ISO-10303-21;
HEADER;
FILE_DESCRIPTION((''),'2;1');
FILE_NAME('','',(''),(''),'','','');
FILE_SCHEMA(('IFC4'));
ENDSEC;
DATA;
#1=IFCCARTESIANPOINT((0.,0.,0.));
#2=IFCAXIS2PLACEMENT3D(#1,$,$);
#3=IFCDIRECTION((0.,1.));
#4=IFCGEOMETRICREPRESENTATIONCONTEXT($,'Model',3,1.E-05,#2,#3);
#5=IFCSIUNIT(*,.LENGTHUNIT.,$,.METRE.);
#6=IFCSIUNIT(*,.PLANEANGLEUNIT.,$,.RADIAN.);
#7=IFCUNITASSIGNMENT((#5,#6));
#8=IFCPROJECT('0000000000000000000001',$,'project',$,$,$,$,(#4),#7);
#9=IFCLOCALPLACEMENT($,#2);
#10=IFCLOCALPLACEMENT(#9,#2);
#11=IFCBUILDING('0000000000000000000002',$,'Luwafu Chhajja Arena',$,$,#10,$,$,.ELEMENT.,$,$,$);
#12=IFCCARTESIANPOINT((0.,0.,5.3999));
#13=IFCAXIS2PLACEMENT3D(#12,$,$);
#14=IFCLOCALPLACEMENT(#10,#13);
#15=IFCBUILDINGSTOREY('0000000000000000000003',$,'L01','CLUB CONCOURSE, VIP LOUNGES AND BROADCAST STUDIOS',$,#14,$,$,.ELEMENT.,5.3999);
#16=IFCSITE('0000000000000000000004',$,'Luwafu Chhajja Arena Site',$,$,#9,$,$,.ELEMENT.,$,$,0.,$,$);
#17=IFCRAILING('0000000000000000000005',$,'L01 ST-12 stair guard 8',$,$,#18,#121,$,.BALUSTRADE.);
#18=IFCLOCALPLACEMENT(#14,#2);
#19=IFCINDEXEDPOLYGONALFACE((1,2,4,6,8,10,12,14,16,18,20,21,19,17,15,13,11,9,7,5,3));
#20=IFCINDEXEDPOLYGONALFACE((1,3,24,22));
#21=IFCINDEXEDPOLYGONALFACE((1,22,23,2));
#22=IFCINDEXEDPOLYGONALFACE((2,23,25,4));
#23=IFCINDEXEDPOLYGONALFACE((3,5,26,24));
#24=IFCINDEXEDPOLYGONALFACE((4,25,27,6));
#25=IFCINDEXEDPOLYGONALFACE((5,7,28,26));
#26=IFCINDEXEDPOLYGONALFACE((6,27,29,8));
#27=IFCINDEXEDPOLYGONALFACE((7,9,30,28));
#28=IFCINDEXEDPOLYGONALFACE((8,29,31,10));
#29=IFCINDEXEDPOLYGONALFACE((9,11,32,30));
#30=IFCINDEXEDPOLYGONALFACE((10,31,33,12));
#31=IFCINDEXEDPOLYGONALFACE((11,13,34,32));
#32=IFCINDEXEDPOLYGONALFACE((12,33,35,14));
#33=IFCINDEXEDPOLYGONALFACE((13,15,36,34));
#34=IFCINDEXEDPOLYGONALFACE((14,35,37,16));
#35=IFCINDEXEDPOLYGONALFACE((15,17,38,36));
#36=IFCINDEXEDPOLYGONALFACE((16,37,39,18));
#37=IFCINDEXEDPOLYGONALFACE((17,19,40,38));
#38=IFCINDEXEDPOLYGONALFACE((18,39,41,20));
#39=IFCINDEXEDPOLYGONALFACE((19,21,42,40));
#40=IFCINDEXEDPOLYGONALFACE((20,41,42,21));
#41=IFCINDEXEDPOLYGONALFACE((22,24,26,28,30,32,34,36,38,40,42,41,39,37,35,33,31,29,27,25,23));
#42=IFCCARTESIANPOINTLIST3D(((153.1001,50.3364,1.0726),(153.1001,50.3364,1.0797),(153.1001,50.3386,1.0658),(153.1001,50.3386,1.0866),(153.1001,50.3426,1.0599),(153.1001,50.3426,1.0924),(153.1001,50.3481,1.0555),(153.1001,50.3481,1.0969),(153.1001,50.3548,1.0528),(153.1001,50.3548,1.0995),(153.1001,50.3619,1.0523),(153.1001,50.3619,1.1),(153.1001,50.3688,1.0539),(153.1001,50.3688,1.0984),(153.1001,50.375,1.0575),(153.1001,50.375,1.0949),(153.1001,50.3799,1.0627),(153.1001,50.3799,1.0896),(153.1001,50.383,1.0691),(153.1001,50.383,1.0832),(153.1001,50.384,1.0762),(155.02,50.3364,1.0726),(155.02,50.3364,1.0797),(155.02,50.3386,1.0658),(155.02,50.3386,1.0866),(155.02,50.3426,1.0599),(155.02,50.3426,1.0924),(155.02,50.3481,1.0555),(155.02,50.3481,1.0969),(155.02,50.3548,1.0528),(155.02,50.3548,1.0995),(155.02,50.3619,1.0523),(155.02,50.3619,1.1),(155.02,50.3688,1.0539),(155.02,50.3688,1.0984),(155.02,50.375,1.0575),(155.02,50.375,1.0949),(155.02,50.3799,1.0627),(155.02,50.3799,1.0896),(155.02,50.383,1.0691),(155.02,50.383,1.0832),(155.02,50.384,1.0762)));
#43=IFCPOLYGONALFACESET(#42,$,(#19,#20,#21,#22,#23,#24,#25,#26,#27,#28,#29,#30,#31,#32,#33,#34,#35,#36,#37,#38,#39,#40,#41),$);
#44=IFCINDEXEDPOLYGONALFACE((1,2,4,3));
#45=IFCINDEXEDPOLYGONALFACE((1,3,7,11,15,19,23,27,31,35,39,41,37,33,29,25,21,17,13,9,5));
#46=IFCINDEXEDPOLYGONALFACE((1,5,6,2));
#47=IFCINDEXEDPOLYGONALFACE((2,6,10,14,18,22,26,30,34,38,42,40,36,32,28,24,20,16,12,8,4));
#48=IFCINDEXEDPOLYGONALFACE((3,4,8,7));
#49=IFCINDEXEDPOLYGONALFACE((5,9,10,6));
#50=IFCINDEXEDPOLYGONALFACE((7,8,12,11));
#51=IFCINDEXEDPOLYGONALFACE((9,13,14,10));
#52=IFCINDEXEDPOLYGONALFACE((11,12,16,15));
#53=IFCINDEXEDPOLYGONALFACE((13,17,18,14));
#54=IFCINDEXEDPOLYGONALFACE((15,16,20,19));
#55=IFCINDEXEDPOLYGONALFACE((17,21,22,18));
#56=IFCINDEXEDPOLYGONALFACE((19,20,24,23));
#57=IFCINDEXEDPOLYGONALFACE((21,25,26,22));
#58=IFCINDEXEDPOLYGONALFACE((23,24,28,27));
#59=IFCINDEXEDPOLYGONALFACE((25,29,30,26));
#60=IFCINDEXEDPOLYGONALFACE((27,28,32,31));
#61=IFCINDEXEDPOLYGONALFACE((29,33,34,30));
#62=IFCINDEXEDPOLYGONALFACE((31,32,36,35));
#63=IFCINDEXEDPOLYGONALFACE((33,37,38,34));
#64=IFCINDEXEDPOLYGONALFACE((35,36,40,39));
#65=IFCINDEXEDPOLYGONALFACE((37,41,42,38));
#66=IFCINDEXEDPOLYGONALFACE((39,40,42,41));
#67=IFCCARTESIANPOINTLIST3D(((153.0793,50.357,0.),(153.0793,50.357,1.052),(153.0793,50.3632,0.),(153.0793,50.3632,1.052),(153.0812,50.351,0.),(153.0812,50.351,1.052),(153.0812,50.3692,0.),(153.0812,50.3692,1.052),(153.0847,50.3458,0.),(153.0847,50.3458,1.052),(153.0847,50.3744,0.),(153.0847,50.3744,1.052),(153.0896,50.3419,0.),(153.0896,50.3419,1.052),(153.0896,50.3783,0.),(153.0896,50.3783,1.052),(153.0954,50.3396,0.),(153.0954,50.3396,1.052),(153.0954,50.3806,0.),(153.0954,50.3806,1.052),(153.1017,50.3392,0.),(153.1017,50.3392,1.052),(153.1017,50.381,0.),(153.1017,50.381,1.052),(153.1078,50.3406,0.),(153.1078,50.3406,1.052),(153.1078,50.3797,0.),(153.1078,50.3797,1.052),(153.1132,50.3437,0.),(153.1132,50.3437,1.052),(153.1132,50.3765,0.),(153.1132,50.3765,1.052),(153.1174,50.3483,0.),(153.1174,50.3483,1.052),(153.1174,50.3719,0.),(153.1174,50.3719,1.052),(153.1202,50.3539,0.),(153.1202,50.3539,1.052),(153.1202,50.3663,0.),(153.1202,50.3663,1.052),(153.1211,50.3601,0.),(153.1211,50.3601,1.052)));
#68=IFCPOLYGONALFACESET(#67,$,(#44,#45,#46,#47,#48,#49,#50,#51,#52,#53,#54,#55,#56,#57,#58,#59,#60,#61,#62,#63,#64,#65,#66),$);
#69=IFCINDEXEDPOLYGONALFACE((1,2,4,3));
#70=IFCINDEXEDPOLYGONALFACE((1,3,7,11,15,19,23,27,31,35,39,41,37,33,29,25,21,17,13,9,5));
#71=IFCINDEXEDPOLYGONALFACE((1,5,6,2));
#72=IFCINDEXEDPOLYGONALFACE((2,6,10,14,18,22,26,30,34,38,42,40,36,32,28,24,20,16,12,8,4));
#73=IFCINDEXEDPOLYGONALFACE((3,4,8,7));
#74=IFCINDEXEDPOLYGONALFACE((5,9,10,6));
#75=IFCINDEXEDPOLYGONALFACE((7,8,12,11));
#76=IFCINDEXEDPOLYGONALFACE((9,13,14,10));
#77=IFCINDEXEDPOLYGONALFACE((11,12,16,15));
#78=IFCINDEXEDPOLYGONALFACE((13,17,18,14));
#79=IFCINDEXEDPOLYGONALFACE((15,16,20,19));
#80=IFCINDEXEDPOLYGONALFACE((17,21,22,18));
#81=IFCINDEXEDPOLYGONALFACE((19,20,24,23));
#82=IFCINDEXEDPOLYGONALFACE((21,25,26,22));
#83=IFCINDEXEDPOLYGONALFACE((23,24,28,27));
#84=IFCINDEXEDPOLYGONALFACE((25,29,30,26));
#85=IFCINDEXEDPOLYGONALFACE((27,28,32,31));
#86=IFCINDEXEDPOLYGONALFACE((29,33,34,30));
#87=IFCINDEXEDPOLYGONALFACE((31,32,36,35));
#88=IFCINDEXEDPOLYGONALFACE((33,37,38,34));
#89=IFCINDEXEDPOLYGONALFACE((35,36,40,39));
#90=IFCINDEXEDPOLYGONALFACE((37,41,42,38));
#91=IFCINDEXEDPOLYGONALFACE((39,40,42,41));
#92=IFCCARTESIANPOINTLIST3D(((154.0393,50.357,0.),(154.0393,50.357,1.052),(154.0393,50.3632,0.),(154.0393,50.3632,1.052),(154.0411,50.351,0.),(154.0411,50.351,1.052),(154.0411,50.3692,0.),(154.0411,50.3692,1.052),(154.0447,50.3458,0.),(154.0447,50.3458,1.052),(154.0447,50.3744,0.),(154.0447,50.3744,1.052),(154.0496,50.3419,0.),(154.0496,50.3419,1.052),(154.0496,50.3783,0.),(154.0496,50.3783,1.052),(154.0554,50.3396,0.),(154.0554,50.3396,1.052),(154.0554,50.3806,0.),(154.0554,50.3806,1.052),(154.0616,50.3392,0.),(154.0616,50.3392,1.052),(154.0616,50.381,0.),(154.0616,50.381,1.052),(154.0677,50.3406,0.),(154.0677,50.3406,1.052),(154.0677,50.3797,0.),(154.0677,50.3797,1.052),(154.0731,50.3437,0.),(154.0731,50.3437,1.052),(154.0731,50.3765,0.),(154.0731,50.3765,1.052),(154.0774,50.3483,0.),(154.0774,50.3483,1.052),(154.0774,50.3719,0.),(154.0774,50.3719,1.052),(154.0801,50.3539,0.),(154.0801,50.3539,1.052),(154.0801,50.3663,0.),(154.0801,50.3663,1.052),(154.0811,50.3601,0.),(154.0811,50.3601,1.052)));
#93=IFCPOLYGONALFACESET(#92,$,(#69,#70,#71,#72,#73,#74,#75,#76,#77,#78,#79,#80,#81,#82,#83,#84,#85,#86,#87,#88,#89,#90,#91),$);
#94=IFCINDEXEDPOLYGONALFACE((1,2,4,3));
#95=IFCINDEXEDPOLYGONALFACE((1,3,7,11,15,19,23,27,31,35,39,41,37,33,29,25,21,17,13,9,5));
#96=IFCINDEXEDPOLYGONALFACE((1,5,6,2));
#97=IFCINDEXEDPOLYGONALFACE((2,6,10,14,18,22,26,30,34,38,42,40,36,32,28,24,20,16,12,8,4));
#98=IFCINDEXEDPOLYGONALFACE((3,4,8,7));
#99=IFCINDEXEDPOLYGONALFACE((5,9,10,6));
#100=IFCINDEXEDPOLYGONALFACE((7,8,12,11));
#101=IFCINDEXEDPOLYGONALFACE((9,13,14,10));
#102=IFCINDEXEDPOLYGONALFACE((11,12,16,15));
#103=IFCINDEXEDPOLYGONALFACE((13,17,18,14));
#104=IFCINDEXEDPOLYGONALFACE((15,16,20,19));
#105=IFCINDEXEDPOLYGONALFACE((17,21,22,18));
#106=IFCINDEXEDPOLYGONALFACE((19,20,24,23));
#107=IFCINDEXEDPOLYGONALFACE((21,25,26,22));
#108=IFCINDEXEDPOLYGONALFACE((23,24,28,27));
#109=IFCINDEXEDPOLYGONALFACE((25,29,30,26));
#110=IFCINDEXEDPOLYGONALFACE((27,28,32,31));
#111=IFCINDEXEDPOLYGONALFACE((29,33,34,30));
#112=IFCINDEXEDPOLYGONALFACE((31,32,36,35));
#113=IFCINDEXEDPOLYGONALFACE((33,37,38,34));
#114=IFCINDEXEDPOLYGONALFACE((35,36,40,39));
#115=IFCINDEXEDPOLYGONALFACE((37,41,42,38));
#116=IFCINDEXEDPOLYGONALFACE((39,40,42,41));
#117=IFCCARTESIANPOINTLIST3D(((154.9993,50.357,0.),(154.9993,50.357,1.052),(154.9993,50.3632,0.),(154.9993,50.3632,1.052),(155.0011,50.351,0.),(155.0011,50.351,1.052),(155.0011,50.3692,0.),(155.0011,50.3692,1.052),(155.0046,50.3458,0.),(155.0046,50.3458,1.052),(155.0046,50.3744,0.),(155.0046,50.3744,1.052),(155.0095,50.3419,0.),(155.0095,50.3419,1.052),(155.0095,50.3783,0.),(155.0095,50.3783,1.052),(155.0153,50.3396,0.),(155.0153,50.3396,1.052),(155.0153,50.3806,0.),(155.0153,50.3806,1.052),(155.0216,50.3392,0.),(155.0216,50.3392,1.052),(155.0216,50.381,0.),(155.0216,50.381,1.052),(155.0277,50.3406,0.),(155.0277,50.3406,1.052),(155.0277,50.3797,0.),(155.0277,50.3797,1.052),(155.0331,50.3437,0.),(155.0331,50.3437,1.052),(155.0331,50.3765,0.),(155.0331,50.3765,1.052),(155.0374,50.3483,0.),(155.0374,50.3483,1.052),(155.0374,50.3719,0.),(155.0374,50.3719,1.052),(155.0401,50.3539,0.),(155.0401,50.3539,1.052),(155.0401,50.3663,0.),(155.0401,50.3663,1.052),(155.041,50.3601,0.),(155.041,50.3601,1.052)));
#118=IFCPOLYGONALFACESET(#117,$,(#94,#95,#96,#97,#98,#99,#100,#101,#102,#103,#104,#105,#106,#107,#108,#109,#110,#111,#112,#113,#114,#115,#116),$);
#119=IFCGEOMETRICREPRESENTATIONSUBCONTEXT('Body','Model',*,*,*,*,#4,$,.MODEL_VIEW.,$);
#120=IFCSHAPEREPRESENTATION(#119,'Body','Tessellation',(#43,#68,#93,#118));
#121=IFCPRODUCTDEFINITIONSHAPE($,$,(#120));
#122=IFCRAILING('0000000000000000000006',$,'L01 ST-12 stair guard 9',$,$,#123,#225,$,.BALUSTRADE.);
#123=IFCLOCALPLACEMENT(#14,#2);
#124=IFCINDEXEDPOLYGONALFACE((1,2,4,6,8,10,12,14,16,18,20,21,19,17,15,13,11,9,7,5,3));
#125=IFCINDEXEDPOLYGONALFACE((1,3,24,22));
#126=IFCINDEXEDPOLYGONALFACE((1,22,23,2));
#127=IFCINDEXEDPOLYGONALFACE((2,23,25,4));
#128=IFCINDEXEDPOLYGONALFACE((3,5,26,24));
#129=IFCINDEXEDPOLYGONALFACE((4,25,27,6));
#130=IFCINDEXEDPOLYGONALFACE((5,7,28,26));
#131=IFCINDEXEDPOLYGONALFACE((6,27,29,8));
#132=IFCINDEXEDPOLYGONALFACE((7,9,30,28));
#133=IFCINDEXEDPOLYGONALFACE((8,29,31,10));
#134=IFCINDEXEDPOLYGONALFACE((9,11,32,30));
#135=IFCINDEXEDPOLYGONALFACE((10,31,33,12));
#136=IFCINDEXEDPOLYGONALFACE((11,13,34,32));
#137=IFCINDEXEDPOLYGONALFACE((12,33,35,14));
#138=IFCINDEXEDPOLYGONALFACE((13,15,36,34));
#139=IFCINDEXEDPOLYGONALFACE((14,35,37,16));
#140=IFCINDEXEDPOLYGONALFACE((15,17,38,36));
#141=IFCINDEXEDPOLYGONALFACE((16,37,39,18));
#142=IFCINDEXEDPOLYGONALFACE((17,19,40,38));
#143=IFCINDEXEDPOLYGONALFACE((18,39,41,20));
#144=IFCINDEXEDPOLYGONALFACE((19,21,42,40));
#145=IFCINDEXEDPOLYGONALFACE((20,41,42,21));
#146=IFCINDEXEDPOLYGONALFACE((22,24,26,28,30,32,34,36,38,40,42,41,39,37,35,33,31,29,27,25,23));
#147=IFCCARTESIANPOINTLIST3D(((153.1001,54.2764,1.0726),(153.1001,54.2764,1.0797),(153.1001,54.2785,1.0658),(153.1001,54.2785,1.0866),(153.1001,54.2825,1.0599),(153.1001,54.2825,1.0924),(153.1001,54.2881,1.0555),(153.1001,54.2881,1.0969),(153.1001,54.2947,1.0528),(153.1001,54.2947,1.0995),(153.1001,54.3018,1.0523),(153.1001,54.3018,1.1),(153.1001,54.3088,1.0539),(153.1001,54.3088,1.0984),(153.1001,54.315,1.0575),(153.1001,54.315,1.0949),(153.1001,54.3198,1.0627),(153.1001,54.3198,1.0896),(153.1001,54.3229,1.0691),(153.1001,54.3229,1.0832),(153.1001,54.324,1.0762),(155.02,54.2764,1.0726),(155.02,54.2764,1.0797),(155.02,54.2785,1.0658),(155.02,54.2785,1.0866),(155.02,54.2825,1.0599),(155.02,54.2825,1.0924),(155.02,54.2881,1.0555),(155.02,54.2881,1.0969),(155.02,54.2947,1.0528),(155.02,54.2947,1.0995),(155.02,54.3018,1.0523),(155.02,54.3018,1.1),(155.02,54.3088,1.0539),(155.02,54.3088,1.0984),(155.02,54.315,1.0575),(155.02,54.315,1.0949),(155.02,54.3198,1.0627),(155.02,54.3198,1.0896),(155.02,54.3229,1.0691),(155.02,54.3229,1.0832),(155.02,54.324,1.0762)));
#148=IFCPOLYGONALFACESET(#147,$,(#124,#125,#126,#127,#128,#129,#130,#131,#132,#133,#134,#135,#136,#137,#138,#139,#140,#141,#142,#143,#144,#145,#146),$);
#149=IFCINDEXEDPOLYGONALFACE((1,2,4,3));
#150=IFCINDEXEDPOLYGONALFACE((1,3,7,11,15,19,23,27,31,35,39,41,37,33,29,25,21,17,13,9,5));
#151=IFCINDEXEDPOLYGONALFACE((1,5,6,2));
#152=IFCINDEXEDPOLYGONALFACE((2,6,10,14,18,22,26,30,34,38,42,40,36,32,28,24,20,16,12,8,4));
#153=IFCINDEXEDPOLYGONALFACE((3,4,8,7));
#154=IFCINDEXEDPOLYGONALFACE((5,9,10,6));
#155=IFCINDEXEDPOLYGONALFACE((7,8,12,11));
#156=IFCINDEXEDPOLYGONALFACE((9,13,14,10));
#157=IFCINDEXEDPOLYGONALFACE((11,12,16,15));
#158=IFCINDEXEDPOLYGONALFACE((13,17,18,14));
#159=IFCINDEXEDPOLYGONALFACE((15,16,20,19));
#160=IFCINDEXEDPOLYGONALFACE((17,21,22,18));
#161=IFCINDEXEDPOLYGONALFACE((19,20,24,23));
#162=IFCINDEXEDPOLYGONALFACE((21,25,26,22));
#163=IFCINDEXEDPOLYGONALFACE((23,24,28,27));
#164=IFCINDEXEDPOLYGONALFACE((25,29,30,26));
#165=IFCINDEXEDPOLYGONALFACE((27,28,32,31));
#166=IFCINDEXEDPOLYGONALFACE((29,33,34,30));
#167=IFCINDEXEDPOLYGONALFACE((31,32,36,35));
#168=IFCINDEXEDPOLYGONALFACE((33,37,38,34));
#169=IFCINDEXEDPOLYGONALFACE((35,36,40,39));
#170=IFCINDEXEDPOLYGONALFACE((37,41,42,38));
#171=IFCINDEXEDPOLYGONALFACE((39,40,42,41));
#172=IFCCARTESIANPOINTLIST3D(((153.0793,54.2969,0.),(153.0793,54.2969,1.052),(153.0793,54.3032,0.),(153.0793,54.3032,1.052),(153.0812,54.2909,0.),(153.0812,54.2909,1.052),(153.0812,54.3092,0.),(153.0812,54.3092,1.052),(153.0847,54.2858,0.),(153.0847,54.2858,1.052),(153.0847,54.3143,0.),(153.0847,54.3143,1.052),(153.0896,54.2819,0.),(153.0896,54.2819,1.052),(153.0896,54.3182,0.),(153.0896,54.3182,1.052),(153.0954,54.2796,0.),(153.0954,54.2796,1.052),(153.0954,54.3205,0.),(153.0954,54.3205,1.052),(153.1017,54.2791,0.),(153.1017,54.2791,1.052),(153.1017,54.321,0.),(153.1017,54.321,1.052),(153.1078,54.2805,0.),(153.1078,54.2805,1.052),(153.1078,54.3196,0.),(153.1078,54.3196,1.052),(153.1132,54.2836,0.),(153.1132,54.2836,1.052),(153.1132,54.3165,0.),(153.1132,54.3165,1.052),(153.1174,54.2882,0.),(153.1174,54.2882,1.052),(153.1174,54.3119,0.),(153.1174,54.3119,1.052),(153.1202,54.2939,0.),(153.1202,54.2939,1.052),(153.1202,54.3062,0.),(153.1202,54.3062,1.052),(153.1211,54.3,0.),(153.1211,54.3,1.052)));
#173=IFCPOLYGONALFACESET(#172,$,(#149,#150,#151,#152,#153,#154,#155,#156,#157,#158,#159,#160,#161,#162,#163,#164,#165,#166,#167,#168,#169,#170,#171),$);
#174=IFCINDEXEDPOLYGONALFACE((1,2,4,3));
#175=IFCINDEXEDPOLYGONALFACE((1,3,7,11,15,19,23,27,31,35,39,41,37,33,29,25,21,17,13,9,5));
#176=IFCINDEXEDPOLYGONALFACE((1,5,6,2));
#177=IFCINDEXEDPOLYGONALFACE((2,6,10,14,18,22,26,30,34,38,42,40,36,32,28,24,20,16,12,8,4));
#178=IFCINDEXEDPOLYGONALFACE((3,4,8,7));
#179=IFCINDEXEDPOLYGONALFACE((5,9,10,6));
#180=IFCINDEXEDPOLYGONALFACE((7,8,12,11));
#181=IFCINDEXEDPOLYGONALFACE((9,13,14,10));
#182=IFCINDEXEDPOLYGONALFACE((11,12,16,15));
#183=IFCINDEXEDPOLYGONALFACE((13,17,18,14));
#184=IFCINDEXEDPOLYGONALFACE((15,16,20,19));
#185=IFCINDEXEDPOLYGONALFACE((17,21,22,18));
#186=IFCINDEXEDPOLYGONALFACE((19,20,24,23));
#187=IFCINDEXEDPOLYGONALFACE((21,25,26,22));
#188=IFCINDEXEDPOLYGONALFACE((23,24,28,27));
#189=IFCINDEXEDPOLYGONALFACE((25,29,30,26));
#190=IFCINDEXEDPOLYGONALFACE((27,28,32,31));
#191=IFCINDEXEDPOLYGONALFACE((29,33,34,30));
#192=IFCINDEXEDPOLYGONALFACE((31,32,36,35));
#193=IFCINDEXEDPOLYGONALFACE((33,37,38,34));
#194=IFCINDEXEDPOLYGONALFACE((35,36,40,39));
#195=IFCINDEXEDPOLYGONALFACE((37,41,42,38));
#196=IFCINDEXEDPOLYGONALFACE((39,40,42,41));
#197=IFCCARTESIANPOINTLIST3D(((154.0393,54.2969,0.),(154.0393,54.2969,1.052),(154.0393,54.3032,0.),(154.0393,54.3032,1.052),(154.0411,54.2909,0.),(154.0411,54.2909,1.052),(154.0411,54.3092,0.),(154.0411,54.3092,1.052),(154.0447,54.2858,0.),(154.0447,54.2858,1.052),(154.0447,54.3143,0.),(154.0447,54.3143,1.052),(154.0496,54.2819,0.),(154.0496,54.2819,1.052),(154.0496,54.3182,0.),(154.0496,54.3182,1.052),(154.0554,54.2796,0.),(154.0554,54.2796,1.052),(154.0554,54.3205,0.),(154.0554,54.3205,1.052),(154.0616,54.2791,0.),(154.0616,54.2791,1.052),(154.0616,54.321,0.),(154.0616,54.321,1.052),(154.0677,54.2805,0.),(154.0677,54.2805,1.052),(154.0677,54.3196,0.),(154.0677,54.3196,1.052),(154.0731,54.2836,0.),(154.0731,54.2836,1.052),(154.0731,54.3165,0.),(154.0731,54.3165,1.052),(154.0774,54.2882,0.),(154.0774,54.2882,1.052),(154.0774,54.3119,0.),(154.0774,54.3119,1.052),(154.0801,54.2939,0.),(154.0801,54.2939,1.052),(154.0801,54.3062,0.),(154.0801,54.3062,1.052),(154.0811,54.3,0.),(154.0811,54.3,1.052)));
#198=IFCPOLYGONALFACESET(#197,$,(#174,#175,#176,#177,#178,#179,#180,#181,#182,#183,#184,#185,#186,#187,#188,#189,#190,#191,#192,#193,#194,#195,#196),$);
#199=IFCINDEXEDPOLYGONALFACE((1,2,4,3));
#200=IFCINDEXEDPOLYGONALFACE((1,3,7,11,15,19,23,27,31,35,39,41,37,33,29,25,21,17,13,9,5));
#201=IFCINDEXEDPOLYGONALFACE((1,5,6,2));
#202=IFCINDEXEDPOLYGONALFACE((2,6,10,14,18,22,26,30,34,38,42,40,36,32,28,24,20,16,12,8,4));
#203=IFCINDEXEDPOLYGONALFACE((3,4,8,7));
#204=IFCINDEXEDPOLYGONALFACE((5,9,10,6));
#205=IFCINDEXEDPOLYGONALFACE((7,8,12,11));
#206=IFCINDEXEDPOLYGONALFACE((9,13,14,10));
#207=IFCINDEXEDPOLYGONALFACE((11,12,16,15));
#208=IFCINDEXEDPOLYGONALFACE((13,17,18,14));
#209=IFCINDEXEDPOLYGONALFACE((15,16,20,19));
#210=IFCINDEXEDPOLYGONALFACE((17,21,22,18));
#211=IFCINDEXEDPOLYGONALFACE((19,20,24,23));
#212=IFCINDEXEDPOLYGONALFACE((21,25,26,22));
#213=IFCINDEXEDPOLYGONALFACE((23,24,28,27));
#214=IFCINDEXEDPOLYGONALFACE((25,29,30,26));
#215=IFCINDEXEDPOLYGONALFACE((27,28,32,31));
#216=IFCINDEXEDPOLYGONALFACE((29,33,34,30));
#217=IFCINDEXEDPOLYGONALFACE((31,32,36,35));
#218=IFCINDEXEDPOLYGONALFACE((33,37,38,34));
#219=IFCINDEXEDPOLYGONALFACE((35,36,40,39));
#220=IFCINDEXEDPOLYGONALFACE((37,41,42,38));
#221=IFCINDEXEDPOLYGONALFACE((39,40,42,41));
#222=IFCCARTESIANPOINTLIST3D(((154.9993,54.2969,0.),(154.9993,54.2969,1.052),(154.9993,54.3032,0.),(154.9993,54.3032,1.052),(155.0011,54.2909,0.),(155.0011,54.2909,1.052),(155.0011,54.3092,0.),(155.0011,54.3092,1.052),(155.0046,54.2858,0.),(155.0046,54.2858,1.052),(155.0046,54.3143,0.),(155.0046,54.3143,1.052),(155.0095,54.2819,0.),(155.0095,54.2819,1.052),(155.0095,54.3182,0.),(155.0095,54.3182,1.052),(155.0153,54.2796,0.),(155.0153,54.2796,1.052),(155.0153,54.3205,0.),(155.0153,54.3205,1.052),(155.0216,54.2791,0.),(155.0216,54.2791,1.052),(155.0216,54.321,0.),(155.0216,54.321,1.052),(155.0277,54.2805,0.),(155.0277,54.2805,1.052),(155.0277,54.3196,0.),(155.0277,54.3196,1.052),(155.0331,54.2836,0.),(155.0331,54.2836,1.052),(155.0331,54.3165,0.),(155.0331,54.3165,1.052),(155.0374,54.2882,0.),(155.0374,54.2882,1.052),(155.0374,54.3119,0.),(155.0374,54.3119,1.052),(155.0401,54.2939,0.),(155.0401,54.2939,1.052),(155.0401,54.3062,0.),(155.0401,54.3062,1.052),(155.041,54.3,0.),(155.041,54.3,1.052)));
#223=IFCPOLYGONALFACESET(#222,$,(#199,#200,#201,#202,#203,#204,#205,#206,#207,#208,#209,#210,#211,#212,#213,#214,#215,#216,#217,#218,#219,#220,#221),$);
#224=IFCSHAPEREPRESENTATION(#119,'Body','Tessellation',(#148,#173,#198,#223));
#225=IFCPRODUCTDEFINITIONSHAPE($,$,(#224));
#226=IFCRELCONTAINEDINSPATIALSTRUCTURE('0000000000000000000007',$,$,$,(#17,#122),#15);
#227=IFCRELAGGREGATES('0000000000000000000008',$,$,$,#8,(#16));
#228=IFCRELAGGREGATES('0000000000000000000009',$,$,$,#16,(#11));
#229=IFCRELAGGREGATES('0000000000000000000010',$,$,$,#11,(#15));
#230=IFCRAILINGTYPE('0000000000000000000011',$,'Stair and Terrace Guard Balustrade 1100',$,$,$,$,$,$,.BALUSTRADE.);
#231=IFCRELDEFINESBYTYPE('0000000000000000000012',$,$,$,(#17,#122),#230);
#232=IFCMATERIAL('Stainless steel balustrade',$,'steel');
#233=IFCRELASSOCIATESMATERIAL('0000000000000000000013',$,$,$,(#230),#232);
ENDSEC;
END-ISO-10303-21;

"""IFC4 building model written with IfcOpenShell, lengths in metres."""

from ifc_helpers import new_model, si_unit, direction, frame, origin, origin_2d, place, context, subcontext, project, spatial, circle, extrude, material, type_object, element, save


model = new_model("IFC4")

# Units and contexts
model_context = context("Model", 3, precision=1e-05, world=origin(), true_north=direction((0.0, 1.0)))
body_context = subcontext(model_context, "Body", "Model", "MODEL_VIEW")
ifc_project = project(units=[si_unit("LENGTHUNIT", "METRE"), si_unit("PLANEANGLEUNIT", "RADIAN")], contexts=[model_context])

# Site, building, storey
site_placement = place(None, origin())
site = spatial("IfcSite", under=ifc_project, at=site_placement, Name="Luwafu Chhajja Arena Site", CompositionType="ELEMENT", RefElevation=0.0)
building_placement = place(site_placement, origin())
building = spatial("IfcBuilding", under=site, at=building_placement, Name="Luwafu Chhajja Arena", CompositionType="ELEMENT")
storey_placement = place(building_placement, frame((0.0, 0.0, 5.3999)))
storey = spatial("IfcBuildingStorey", under=building, at=storey_placement, Name="L01", Description="CLUB CONCOURSE, VIP LOUNGES AND BROADCAST STUDIOS", CompositionType="ELEMENT", Elevation=5.3999)

# Railings
ifc_material_1 = material(Name="Stainless steel balustrade", Category="steel")
railing_type_1 = type_object("IfcRailingType", Name="Stair and Terrace Guard Balustrade 1100", PredefinedType="BALUSTRADE", material=ifc_material_1)
for number, where, name in (
    (1, (153.1001, 50.3601, 0.0), "L01 ST-12 stair guard 8"),
    (2, (153.1001, 54.3, 0.0), "L01 ST-12 stair guard 9"),
):
    element("IfcRailing", number, at=place(storey_placement, frame(where)), inside=storey, type_object=railing_type_1, Name=name, PredefinedType="BALUSTRADE", context=body_context, shape_type="SweptSolid", body=[
        extrude(circle(Radius=0.0239, at=origin_2d()), frame((0.0, 0.0, 1.0762), z_axis=(1.0, 0.0, 0.0), x_axis=(0.0, 1.0, 0.0)), (0.0, 0.0, 1.0), 1.9199),
        extrude(circle(Radius=0.021, at=origin_2d()), origin(), (0.0, 0.0, 1.0), 1.052),
        extrude(circle(Radius=0.021, at=origin_2d()), frame((0.96, 0.0, 0.0)), (0.0, 0.0, 1.0), 1.052),
        extrude(circle(Radius=0.021, at=origin_2d()), frame((1.9199, 0.0, 0.0)), (0.0, 0.0, 1.0), 1.052),
    ])

save(model, "model.ifc")
